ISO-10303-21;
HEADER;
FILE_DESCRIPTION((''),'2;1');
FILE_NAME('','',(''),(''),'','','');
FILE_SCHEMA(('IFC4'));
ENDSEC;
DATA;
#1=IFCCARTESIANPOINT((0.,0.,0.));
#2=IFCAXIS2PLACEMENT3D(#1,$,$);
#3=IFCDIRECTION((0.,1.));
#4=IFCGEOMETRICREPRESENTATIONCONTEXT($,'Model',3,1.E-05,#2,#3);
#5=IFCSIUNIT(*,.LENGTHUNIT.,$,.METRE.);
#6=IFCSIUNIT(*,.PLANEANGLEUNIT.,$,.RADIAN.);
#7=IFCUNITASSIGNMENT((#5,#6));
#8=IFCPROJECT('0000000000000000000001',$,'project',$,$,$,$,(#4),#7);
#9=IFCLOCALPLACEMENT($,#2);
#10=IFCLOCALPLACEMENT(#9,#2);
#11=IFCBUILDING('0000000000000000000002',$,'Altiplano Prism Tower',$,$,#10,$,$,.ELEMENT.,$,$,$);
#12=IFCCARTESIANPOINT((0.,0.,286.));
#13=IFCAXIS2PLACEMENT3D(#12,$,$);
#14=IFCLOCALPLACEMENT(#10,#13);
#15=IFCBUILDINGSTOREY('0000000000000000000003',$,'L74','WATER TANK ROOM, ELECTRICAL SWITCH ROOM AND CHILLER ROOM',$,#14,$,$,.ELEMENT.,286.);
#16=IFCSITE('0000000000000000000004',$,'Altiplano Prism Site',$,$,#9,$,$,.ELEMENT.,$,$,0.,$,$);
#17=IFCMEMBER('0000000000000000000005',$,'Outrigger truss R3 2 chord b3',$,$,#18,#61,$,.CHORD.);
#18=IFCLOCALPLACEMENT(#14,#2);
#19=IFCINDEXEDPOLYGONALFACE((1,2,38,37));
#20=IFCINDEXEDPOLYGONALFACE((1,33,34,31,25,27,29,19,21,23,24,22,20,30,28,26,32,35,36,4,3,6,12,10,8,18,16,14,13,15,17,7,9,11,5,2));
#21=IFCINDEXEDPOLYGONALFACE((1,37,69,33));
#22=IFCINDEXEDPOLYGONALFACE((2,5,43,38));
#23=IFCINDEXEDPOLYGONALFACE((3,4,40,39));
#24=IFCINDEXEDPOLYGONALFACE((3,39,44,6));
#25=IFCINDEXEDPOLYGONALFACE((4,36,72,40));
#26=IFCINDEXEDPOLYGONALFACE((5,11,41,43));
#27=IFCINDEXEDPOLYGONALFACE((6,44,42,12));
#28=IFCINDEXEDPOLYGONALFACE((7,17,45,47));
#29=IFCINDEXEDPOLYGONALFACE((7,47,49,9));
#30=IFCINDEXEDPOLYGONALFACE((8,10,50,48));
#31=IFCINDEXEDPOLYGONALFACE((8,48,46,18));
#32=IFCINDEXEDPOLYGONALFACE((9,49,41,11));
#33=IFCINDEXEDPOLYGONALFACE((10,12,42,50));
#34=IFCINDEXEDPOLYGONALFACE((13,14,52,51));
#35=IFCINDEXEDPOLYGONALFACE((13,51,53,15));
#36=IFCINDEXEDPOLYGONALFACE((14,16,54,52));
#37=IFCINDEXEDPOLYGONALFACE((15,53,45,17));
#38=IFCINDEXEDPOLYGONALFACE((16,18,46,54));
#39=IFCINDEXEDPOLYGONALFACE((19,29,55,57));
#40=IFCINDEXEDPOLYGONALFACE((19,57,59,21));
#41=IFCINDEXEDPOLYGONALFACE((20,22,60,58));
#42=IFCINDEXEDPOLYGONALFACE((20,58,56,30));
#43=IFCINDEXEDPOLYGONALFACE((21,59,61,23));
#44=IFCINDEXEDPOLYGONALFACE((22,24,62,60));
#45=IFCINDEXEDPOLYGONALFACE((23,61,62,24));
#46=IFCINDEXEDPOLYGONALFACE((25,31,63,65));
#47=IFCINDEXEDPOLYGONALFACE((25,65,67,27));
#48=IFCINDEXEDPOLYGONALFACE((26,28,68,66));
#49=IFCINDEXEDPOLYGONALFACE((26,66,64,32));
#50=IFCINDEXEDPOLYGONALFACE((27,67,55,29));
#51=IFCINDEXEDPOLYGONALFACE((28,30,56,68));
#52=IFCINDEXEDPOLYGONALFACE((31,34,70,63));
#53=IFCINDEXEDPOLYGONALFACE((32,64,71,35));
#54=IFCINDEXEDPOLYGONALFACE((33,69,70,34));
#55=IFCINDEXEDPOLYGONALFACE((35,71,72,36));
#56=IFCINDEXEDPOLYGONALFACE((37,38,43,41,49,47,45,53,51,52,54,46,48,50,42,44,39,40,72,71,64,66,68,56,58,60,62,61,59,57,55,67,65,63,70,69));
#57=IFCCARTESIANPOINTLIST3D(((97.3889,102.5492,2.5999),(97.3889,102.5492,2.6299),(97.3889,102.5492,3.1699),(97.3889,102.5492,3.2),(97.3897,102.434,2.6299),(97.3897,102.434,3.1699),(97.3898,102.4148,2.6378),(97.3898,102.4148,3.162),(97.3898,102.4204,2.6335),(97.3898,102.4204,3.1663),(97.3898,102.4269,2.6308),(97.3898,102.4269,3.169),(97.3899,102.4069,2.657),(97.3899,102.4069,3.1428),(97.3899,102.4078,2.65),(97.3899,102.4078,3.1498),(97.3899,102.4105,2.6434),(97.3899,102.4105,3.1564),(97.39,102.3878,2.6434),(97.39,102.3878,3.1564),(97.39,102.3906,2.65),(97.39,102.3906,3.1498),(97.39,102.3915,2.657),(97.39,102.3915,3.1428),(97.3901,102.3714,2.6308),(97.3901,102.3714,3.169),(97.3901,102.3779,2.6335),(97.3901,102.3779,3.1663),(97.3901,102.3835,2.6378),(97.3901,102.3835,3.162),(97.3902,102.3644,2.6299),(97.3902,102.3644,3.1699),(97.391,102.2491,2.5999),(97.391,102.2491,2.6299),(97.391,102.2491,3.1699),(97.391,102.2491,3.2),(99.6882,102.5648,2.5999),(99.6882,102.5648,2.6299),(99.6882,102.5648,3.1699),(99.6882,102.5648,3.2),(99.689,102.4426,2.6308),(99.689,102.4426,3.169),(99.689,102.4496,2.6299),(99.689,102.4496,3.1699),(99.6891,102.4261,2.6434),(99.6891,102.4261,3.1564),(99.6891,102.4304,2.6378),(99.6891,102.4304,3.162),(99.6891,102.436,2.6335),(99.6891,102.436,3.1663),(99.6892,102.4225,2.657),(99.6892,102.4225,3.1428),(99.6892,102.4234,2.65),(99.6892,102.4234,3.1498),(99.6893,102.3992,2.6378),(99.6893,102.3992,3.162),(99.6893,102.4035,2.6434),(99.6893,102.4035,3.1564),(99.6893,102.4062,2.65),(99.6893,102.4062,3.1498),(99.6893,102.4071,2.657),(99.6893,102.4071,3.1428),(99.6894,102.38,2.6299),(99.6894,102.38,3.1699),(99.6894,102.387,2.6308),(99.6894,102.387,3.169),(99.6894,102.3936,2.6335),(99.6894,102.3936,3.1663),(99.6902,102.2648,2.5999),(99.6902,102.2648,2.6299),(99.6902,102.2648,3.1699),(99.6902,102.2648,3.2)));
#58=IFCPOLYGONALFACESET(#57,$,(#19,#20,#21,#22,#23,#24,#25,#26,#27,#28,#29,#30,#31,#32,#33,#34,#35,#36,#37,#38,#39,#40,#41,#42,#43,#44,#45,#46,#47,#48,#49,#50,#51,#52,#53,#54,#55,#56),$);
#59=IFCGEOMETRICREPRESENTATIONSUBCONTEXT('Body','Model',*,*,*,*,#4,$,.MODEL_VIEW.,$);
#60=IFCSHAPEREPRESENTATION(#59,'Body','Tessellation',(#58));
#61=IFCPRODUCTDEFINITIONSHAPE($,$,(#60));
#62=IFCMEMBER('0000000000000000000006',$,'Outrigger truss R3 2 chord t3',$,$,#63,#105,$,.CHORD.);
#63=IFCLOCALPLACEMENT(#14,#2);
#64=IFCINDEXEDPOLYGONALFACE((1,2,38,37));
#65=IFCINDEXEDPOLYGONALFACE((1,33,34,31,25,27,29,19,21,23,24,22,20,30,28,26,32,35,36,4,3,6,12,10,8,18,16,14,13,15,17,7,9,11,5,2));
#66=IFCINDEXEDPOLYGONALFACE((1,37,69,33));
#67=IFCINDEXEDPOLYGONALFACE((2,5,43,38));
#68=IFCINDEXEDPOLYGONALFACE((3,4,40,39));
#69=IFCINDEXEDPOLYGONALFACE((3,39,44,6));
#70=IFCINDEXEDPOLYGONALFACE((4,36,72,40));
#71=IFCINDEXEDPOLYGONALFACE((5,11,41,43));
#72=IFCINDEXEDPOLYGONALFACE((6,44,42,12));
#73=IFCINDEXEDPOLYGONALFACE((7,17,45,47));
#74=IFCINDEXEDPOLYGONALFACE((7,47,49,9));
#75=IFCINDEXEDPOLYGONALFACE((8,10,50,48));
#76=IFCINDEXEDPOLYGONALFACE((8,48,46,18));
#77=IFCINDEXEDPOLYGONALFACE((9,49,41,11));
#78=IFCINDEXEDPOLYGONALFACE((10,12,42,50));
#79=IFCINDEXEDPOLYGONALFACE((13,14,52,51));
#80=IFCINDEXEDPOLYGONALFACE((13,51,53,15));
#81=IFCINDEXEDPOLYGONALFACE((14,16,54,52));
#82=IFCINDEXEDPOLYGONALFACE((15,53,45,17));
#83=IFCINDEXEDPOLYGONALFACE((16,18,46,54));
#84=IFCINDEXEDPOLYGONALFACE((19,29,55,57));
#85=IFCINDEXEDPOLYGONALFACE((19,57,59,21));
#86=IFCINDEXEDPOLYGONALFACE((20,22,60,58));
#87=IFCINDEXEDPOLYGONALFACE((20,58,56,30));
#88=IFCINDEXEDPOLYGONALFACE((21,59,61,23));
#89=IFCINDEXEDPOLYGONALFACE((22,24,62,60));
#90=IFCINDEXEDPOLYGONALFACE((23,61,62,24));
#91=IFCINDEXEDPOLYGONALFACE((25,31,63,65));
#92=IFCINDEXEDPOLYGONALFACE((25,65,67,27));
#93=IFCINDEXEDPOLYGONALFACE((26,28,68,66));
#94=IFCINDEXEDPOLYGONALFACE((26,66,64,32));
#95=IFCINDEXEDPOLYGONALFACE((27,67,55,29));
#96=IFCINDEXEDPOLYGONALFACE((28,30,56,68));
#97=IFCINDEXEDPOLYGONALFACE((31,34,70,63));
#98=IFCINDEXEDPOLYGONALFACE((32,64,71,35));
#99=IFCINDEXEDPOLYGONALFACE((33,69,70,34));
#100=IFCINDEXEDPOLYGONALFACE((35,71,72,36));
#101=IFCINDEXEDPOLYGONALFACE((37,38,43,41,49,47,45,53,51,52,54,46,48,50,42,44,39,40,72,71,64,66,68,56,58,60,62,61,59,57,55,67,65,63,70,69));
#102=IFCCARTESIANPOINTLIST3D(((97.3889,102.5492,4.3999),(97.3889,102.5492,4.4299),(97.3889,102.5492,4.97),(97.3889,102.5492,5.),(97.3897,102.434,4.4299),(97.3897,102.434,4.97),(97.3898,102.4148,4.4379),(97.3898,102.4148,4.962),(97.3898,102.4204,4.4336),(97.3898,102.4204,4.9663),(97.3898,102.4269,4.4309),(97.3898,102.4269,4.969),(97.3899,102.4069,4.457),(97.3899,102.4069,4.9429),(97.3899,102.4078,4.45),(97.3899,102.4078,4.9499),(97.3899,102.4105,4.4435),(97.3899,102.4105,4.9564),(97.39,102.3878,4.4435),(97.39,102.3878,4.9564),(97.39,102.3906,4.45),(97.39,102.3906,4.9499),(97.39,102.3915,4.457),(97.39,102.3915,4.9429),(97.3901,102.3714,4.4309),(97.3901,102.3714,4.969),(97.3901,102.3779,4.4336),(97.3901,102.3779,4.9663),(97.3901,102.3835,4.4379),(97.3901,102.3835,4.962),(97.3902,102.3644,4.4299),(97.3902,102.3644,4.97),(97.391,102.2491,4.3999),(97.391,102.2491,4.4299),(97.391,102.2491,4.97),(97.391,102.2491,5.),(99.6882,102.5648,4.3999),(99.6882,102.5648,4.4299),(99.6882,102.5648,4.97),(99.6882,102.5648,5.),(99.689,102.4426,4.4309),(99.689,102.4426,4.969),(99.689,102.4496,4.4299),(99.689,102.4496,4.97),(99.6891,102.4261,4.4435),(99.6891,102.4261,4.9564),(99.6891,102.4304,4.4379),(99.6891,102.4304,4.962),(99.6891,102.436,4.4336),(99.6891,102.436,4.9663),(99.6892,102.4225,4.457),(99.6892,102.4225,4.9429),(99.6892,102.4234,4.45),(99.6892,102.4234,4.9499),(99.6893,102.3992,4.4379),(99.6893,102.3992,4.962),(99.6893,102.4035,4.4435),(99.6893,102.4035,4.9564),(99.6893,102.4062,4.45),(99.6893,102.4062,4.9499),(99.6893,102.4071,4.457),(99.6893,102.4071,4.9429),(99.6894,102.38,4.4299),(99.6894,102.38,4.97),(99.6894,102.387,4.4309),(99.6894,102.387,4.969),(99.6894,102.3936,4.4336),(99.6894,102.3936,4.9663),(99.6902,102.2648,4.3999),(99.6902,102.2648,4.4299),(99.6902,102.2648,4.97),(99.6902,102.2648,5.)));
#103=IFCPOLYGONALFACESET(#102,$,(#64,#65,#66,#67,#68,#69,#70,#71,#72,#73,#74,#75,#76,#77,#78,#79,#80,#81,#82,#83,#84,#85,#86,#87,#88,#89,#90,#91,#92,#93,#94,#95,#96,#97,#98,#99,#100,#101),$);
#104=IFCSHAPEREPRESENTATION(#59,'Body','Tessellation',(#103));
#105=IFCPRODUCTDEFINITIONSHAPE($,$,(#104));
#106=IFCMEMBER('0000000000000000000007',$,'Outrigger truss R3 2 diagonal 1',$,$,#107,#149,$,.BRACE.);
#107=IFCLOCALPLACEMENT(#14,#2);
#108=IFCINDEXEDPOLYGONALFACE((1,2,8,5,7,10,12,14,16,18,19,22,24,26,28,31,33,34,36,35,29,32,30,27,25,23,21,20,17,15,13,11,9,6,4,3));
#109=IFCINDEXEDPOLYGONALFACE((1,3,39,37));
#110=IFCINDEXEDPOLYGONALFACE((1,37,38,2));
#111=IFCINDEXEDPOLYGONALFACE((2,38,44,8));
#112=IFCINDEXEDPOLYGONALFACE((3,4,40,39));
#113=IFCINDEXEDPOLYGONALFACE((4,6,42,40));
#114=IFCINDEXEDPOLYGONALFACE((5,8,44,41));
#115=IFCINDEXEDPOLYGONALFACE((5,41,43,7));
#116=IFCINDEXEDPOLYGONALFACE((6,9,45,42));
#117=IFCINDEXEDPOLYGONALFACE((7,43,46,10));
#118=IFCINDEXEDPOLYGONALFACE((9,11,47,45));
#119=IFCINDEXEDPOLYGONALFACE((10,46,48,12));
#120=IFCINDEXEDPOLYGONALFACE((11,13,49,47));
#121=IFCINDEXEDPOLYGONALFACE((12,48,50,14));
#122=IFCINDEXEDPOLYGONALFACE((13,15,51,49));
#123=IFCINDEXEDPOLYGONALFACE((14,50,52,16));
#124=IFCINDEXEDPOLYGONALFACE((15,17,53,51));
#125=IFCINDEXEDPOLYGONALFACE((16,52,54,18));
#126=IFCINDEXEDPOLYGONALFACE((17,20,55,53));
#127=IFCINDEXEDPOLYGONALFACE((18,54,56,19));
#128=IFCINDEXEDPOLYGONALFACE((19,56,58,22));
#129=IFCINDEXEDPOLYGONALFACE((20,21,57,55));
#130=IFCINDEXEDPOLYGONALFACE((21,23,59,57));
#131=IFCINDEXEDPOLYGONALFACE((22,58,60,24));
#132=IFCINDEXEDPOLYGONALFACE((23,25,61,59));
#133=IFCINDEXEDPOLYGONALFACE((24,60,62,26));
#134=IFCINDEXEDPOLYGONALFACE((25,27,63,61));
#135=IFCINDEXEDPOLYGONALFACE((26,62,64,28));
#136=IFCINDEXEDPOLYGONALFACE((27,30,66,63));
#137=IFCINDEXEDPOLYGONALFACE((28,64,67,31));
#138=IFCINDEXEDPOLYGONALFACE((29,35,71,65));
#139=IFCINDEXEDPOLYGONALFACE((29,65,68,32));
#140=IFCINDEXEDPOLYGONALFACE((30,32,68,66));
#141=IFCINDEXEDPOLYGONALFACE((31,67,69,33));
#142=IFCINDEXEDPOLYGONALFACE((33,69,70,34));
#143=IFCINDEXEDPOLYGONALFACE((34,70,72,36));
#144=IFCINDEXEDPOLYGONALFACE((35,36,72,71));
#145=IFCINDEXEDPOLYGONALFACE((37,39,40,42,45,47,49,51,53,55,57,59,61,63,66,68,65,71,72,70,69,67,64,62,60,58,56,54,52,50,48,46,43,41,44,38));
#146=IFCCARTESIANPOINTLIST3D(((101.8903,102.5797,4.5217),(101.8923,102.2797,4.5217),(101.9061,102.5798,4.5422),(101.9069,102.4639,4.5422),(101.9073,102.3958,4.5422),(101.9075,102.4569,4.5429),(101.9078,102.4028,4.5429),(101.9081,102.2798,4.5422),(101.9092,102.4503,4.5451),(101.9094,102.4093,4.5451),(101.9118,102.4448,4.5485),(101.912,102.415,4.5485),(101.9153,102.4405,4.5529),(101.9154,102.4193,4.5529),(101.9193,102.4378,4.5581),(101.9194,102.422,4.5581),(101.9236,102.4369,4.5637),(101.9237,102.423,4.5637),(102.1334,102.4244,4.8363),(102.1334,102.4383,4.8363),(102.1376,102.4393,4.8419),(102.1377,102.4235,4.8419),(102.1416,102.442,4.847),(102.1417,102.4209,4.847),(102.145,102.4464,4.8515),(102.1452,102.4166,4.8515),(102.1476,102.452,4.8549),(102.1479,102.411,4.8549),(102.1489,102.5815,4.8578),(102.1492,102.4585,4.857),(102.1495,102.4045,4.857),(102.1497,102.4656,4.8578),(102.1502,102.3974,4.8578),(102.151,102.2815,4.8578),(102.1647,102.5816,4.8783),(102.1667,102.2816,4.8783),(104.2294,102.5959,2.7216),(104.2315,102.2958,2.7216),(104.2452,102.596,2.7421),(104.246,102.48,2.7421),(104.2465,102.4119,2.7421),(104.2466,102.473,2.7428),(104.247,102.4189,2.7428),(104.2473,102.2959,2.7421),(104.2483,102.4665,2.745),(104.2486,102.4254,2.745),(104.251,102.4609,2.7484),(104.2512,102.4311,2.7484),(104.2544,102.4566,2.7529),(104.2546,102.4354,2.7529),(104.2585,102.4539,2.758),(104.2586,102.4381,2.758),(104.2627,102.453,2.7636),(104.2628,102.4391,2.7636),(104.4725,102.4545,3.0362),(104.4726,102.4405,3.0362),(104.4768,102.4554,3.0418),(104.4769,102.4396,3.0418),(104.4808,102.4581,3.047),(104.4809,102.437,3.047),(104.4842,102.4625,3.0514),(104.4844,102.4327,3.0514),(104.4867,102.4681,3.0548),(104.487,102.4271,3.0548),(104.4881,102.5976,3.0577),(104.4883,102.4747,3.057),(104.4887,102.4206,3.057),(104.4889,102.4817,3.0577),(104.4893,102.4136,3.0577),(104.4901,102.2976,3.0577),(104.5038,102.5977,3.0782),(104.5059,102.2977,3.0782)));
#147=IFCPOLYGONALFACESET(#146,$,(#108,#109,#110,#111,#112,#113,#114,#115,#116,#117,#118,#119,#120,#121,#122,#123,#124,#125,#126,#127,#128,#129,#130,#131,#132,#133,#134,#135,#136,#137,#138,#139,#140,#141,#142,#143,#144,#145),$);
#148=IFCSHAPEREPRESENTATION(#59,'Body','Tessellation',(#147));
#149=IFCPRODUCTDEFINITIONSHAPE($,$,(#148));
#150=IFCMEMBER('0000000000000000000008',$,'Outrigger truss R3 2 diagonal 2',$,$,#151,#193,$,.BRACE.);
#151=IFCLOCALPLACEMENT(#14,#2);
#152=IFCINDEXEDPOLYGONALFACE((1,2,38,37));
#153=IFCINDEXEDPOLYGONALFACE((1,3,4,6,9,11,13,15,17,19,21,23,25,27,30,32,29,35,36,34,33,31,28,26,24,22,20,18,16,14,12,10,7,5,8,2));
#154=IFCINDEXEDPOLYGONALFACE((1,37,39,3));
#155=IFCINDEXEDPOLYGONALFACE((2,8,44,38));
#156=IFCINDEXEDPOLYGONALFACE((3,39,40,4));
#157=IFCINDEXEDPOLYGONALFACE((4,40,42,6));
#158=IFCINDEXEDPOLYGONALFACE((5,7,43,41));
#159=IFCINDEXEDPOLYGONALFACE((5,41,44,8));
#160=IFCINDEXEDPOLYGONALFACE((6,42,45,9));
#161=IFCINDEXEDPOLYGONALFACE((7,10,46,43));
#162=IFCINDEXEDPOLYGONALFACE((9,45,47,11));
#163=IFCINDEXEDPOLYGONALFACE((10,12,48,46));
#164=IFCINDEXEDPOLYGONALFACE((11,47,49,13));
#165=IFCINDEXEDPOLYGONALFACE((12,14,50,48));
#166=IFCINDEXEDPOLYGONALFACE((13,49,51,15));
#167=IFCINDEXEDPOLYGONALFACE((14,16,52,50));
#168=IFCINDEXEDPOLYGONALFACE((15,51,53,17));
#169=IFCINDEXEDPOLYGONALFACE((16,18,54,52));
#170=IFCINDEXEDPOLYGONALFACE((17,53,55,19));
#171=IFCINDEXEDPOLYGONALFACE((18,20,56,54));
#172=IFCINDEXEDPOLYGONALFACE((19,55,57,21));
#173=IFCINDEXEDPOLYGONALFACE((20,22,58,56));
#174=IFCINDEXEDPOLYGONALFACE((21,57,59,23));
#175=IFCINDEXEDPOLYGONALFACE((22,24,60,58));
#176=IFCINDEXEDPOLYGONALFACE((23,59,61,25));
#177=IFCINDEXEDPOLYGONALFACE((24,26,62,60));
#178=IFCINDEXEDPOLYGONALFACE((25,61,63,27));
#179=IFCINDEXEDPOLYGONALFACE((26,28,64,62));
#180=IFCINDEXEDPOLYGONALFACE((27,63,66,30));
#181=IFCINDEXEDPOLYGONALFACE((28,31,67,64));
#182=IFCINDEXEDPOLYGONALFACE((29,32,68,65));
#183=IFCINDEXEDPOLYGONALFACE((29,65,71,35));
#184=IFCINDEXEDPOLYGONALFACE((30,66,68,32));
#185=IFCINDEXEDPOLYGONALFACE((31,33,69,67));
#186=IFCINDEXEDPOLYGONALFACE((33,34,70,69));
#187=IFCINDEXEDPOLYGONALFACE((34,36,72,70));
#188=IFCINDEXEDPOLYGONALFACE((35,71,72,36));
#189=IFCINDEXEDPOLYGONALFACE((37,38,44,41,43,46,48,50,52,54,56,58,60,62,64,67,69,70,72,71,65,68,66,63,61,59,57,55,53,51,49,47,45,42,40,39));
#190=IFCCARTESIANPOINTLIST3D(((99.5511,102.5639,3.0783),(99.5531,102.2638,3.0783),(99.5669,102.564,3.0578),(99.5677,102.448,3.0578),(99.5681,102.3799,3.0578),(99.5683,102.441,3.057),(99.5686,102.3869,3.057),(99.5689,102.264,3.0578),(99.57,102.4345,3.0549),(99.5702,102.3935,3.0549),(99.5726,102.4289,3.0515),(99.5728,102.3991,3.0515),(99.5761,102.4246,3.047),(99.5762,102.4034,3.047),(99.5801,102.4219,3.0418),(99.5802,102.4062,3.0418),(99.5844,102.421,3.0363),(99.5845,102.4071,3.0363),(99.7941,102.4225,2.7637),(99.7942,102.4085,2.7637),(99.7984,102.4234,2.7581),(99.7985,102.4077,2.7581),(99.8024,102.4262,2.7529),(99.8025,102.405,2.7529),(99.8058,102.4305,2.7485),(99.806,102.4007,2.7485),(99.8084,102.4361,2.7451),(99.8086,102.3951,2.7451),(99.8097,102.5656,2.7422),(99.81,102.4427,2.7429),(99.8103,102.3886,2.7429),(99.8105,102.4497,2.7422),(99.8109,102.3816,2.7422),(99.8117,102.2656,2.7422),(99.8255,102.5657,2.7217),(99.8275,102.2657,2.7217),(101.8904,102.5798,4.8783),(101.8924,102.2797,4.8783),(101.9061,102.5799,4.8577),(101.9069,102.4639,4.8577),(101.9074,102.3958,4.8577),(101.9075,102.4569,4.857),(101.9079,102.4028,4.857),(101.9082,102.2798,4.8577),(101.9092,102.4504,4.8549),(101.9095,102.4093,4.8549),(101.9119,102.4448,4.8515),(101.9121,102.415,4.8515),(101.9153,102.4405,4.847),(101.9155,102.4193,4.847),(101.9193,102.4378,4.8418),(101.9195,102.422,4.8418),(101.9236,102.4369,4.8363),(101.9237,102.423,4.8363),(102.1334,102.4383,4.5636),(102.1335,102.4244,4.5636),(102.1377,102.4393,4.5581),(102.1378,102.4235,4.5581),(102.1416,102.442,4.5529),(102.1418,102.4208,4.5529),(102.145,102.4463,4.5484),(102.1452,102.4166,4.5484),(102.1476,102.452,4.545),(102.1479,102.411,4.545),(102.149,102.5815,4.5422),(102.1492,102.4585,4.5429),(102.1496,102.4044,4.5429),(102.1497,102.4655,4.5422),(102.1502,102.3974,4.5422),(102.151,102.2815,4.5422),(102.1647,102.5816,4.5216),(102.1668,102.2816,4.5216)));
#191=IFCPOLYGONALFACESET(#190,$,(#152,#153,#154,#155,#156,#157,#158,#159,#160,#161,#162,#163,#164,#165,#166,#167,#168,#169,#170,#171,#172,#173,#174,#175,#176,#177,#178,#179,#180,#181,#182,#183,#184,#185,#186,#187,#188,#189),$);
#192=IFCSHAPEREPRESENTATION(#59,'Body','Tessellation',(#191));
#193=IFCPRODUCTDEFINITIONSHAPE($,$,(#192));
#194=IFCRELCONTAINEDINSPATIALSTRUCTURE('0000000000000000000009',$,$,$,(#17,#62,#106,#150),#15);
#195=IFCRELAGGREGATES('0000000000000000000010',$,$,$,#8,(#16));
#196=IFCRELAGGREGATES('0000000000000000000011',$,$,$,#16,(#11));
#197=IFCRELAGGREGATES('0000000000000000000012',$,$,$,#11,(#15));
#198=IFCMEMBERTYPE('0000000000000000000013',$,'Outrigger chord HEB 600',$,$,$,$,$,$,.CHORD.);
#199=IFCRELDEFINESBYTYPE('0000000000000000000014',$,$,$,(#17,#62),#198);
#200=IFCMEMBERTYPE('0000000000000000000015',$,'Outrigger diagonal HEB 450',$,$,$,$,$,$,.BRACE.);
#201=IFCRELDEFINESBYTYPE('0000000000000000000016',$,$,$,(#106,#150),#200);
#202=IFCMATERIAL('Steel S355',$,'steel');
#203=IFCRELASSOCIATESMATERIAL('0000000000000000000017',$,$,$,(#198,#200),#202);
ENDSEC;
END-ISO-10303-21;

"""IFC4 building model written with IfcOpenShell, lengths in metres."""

from ifc_helpers import new_model, si_unit, direction, frame, origin, origin_2d, place, context, subcontext, project, spatial, i_section, extrude, material, material_profile, profile_set, type_object, element, save


model = new_model("IFC4")

# Units and contexts
model_context = context("Model", 3, precision=1e-05, world=origin(), true_north=direction((0.0, 1.0)))
body_context = subcontext(model_context, "Body", "Model", "MODEL_VIEW")
ifc_project = project(units=[si_unit("LENGTHUNIT", "METRE"), si_unit("PLANEANGLEUNIT", "RADIAN")], contexts=[model_context])

# Site, building, storey
site_placement = place(None, origin())
site = spatial("IfcSite", under=ifc_project, at=site_placement, Name="Altiplano Prism Site", CompositionType="ELEMENT", RefElevation=0.0)
building_placement = place(site_placement, origin())
building = spatial("IfcBuilding", under=site, at=building_placement, Name="Altiplano Prism Tower", CompositionType="ELEMENT")
storey_placement = place(building_placement, frame((0.0, 0.0, 286.0)))
storey = spatial("IfcBuildingStorey", under=building, at=storey_placement, Name="L74", Description="WATER TANK ROOM, ELECTRICAL SWITCH ROOM AND CHILLER ROOM", CompositionType="ELEMENT", Elevation=286.0)

# Members
ifc_material_1 = material(Name="Steel S355", Category="steel")
ifc_material_profile_1 = material_profile(ifc_material_1, i_section(OverallWidth=0.3, OverallDepth=0.6001, WebThickness=0.0154, FlangeThickness=0.03, FilletRadius=0.0271, at=origin_2d()), Name="Outrigger chord HEB 600")
ifc_profile_set_1 = profile_set([ifc_material_profile_1], Name="Steel S355")
member_type_1 = type_object("IfcMemberType", Name="Outrigger chord HEB 600", PredefinedType="CHORD", material=ifc_profile_set_1)
for number, where, z_axis, x_axis, name in (
    (1, (99.6892, 102.4148, 2.8999), (-0.999977, -0.006795, 0.0), (0.006795, -0.999977, 0.0), "Outrigger truss R3 2 chord b3"),
    (2, (99.6892, 102.4148, 4.7), (-0.999977, -0.006795, 0.0), (0.006795, -0.999977, 0.0), "Outrigger truss R3 2 chord t3"),
):
    element("IfcMember", number, at=place(storey_placement, frame(where, z_axis=z_axis, x_axis=x_axis)), inside=storey, type_object=member_type_1, Name=name, PredefinedType="CHORD", context=body_context, shape_type="SweptSolid", body=[
        extrude(i_section(OverallWidth=0.3, OverallDepth=0.6001, WebThickness=0.0154, FlangeThickness=0.03, FilletRadius=0.0271, at=origin_2d()), origin(), (0.0, 0.0, 1.0), 2.2993),
    ])
ifc_material_profile_2 = material_profile(ifc_material_1, i_section(OverallWidth=0.3, OverallDepth=0.45, WebThickness=0.0139, FlangeThickness=0.0259, FilletRadius=0.0271, at=origin_2d()), Name="Outrigger diagonal HEB 450")
ifc_profile_set_2 = profile_set([ifc_material_profile_2], Name="Steel S355")
member_type_2 = type_object("IfcMemberType", Name="Outrigger diagonal HEB 450", PredefinedType="BRACE", material=ifc_profile_set_2)
for number, where, z_axis, x_axis, name in (
    (3, (104.3677, 102.4468, 2.8999), (-0.792492, -0.005459, 0.609858), (0.006888, -0.999976, 0.0), "Outrigger truss R3 2 diagonal 1"),
    (4, (102.0286, 102.4307, 4.7), (-0.792523, -0.005376, -0.609818), (0.006783, -0.999977, 0.0), "Outrigger truss R3 2 diagonal 2"),
):
    element("IfcMember", number, at=place(storey_placement, frame(where, z_axis=z_axis, x_axis=x_axis)), inside=storey, type_object=member_type_2, Name=name, PredefinedType="BRACE", context=body_context, shape_type="SweptSolid", body=[
        extrude(i_section(OverallWidth=0.3, OverallDepth=0.45, WebThickness=0.0139, FlangeThickness=0.0259, FilletRadius=0.0271, at=origin_2d()), origin(), (0.0, 0.0, 1.0), 2.9517),
    ])

save(model, "model.ifc")
